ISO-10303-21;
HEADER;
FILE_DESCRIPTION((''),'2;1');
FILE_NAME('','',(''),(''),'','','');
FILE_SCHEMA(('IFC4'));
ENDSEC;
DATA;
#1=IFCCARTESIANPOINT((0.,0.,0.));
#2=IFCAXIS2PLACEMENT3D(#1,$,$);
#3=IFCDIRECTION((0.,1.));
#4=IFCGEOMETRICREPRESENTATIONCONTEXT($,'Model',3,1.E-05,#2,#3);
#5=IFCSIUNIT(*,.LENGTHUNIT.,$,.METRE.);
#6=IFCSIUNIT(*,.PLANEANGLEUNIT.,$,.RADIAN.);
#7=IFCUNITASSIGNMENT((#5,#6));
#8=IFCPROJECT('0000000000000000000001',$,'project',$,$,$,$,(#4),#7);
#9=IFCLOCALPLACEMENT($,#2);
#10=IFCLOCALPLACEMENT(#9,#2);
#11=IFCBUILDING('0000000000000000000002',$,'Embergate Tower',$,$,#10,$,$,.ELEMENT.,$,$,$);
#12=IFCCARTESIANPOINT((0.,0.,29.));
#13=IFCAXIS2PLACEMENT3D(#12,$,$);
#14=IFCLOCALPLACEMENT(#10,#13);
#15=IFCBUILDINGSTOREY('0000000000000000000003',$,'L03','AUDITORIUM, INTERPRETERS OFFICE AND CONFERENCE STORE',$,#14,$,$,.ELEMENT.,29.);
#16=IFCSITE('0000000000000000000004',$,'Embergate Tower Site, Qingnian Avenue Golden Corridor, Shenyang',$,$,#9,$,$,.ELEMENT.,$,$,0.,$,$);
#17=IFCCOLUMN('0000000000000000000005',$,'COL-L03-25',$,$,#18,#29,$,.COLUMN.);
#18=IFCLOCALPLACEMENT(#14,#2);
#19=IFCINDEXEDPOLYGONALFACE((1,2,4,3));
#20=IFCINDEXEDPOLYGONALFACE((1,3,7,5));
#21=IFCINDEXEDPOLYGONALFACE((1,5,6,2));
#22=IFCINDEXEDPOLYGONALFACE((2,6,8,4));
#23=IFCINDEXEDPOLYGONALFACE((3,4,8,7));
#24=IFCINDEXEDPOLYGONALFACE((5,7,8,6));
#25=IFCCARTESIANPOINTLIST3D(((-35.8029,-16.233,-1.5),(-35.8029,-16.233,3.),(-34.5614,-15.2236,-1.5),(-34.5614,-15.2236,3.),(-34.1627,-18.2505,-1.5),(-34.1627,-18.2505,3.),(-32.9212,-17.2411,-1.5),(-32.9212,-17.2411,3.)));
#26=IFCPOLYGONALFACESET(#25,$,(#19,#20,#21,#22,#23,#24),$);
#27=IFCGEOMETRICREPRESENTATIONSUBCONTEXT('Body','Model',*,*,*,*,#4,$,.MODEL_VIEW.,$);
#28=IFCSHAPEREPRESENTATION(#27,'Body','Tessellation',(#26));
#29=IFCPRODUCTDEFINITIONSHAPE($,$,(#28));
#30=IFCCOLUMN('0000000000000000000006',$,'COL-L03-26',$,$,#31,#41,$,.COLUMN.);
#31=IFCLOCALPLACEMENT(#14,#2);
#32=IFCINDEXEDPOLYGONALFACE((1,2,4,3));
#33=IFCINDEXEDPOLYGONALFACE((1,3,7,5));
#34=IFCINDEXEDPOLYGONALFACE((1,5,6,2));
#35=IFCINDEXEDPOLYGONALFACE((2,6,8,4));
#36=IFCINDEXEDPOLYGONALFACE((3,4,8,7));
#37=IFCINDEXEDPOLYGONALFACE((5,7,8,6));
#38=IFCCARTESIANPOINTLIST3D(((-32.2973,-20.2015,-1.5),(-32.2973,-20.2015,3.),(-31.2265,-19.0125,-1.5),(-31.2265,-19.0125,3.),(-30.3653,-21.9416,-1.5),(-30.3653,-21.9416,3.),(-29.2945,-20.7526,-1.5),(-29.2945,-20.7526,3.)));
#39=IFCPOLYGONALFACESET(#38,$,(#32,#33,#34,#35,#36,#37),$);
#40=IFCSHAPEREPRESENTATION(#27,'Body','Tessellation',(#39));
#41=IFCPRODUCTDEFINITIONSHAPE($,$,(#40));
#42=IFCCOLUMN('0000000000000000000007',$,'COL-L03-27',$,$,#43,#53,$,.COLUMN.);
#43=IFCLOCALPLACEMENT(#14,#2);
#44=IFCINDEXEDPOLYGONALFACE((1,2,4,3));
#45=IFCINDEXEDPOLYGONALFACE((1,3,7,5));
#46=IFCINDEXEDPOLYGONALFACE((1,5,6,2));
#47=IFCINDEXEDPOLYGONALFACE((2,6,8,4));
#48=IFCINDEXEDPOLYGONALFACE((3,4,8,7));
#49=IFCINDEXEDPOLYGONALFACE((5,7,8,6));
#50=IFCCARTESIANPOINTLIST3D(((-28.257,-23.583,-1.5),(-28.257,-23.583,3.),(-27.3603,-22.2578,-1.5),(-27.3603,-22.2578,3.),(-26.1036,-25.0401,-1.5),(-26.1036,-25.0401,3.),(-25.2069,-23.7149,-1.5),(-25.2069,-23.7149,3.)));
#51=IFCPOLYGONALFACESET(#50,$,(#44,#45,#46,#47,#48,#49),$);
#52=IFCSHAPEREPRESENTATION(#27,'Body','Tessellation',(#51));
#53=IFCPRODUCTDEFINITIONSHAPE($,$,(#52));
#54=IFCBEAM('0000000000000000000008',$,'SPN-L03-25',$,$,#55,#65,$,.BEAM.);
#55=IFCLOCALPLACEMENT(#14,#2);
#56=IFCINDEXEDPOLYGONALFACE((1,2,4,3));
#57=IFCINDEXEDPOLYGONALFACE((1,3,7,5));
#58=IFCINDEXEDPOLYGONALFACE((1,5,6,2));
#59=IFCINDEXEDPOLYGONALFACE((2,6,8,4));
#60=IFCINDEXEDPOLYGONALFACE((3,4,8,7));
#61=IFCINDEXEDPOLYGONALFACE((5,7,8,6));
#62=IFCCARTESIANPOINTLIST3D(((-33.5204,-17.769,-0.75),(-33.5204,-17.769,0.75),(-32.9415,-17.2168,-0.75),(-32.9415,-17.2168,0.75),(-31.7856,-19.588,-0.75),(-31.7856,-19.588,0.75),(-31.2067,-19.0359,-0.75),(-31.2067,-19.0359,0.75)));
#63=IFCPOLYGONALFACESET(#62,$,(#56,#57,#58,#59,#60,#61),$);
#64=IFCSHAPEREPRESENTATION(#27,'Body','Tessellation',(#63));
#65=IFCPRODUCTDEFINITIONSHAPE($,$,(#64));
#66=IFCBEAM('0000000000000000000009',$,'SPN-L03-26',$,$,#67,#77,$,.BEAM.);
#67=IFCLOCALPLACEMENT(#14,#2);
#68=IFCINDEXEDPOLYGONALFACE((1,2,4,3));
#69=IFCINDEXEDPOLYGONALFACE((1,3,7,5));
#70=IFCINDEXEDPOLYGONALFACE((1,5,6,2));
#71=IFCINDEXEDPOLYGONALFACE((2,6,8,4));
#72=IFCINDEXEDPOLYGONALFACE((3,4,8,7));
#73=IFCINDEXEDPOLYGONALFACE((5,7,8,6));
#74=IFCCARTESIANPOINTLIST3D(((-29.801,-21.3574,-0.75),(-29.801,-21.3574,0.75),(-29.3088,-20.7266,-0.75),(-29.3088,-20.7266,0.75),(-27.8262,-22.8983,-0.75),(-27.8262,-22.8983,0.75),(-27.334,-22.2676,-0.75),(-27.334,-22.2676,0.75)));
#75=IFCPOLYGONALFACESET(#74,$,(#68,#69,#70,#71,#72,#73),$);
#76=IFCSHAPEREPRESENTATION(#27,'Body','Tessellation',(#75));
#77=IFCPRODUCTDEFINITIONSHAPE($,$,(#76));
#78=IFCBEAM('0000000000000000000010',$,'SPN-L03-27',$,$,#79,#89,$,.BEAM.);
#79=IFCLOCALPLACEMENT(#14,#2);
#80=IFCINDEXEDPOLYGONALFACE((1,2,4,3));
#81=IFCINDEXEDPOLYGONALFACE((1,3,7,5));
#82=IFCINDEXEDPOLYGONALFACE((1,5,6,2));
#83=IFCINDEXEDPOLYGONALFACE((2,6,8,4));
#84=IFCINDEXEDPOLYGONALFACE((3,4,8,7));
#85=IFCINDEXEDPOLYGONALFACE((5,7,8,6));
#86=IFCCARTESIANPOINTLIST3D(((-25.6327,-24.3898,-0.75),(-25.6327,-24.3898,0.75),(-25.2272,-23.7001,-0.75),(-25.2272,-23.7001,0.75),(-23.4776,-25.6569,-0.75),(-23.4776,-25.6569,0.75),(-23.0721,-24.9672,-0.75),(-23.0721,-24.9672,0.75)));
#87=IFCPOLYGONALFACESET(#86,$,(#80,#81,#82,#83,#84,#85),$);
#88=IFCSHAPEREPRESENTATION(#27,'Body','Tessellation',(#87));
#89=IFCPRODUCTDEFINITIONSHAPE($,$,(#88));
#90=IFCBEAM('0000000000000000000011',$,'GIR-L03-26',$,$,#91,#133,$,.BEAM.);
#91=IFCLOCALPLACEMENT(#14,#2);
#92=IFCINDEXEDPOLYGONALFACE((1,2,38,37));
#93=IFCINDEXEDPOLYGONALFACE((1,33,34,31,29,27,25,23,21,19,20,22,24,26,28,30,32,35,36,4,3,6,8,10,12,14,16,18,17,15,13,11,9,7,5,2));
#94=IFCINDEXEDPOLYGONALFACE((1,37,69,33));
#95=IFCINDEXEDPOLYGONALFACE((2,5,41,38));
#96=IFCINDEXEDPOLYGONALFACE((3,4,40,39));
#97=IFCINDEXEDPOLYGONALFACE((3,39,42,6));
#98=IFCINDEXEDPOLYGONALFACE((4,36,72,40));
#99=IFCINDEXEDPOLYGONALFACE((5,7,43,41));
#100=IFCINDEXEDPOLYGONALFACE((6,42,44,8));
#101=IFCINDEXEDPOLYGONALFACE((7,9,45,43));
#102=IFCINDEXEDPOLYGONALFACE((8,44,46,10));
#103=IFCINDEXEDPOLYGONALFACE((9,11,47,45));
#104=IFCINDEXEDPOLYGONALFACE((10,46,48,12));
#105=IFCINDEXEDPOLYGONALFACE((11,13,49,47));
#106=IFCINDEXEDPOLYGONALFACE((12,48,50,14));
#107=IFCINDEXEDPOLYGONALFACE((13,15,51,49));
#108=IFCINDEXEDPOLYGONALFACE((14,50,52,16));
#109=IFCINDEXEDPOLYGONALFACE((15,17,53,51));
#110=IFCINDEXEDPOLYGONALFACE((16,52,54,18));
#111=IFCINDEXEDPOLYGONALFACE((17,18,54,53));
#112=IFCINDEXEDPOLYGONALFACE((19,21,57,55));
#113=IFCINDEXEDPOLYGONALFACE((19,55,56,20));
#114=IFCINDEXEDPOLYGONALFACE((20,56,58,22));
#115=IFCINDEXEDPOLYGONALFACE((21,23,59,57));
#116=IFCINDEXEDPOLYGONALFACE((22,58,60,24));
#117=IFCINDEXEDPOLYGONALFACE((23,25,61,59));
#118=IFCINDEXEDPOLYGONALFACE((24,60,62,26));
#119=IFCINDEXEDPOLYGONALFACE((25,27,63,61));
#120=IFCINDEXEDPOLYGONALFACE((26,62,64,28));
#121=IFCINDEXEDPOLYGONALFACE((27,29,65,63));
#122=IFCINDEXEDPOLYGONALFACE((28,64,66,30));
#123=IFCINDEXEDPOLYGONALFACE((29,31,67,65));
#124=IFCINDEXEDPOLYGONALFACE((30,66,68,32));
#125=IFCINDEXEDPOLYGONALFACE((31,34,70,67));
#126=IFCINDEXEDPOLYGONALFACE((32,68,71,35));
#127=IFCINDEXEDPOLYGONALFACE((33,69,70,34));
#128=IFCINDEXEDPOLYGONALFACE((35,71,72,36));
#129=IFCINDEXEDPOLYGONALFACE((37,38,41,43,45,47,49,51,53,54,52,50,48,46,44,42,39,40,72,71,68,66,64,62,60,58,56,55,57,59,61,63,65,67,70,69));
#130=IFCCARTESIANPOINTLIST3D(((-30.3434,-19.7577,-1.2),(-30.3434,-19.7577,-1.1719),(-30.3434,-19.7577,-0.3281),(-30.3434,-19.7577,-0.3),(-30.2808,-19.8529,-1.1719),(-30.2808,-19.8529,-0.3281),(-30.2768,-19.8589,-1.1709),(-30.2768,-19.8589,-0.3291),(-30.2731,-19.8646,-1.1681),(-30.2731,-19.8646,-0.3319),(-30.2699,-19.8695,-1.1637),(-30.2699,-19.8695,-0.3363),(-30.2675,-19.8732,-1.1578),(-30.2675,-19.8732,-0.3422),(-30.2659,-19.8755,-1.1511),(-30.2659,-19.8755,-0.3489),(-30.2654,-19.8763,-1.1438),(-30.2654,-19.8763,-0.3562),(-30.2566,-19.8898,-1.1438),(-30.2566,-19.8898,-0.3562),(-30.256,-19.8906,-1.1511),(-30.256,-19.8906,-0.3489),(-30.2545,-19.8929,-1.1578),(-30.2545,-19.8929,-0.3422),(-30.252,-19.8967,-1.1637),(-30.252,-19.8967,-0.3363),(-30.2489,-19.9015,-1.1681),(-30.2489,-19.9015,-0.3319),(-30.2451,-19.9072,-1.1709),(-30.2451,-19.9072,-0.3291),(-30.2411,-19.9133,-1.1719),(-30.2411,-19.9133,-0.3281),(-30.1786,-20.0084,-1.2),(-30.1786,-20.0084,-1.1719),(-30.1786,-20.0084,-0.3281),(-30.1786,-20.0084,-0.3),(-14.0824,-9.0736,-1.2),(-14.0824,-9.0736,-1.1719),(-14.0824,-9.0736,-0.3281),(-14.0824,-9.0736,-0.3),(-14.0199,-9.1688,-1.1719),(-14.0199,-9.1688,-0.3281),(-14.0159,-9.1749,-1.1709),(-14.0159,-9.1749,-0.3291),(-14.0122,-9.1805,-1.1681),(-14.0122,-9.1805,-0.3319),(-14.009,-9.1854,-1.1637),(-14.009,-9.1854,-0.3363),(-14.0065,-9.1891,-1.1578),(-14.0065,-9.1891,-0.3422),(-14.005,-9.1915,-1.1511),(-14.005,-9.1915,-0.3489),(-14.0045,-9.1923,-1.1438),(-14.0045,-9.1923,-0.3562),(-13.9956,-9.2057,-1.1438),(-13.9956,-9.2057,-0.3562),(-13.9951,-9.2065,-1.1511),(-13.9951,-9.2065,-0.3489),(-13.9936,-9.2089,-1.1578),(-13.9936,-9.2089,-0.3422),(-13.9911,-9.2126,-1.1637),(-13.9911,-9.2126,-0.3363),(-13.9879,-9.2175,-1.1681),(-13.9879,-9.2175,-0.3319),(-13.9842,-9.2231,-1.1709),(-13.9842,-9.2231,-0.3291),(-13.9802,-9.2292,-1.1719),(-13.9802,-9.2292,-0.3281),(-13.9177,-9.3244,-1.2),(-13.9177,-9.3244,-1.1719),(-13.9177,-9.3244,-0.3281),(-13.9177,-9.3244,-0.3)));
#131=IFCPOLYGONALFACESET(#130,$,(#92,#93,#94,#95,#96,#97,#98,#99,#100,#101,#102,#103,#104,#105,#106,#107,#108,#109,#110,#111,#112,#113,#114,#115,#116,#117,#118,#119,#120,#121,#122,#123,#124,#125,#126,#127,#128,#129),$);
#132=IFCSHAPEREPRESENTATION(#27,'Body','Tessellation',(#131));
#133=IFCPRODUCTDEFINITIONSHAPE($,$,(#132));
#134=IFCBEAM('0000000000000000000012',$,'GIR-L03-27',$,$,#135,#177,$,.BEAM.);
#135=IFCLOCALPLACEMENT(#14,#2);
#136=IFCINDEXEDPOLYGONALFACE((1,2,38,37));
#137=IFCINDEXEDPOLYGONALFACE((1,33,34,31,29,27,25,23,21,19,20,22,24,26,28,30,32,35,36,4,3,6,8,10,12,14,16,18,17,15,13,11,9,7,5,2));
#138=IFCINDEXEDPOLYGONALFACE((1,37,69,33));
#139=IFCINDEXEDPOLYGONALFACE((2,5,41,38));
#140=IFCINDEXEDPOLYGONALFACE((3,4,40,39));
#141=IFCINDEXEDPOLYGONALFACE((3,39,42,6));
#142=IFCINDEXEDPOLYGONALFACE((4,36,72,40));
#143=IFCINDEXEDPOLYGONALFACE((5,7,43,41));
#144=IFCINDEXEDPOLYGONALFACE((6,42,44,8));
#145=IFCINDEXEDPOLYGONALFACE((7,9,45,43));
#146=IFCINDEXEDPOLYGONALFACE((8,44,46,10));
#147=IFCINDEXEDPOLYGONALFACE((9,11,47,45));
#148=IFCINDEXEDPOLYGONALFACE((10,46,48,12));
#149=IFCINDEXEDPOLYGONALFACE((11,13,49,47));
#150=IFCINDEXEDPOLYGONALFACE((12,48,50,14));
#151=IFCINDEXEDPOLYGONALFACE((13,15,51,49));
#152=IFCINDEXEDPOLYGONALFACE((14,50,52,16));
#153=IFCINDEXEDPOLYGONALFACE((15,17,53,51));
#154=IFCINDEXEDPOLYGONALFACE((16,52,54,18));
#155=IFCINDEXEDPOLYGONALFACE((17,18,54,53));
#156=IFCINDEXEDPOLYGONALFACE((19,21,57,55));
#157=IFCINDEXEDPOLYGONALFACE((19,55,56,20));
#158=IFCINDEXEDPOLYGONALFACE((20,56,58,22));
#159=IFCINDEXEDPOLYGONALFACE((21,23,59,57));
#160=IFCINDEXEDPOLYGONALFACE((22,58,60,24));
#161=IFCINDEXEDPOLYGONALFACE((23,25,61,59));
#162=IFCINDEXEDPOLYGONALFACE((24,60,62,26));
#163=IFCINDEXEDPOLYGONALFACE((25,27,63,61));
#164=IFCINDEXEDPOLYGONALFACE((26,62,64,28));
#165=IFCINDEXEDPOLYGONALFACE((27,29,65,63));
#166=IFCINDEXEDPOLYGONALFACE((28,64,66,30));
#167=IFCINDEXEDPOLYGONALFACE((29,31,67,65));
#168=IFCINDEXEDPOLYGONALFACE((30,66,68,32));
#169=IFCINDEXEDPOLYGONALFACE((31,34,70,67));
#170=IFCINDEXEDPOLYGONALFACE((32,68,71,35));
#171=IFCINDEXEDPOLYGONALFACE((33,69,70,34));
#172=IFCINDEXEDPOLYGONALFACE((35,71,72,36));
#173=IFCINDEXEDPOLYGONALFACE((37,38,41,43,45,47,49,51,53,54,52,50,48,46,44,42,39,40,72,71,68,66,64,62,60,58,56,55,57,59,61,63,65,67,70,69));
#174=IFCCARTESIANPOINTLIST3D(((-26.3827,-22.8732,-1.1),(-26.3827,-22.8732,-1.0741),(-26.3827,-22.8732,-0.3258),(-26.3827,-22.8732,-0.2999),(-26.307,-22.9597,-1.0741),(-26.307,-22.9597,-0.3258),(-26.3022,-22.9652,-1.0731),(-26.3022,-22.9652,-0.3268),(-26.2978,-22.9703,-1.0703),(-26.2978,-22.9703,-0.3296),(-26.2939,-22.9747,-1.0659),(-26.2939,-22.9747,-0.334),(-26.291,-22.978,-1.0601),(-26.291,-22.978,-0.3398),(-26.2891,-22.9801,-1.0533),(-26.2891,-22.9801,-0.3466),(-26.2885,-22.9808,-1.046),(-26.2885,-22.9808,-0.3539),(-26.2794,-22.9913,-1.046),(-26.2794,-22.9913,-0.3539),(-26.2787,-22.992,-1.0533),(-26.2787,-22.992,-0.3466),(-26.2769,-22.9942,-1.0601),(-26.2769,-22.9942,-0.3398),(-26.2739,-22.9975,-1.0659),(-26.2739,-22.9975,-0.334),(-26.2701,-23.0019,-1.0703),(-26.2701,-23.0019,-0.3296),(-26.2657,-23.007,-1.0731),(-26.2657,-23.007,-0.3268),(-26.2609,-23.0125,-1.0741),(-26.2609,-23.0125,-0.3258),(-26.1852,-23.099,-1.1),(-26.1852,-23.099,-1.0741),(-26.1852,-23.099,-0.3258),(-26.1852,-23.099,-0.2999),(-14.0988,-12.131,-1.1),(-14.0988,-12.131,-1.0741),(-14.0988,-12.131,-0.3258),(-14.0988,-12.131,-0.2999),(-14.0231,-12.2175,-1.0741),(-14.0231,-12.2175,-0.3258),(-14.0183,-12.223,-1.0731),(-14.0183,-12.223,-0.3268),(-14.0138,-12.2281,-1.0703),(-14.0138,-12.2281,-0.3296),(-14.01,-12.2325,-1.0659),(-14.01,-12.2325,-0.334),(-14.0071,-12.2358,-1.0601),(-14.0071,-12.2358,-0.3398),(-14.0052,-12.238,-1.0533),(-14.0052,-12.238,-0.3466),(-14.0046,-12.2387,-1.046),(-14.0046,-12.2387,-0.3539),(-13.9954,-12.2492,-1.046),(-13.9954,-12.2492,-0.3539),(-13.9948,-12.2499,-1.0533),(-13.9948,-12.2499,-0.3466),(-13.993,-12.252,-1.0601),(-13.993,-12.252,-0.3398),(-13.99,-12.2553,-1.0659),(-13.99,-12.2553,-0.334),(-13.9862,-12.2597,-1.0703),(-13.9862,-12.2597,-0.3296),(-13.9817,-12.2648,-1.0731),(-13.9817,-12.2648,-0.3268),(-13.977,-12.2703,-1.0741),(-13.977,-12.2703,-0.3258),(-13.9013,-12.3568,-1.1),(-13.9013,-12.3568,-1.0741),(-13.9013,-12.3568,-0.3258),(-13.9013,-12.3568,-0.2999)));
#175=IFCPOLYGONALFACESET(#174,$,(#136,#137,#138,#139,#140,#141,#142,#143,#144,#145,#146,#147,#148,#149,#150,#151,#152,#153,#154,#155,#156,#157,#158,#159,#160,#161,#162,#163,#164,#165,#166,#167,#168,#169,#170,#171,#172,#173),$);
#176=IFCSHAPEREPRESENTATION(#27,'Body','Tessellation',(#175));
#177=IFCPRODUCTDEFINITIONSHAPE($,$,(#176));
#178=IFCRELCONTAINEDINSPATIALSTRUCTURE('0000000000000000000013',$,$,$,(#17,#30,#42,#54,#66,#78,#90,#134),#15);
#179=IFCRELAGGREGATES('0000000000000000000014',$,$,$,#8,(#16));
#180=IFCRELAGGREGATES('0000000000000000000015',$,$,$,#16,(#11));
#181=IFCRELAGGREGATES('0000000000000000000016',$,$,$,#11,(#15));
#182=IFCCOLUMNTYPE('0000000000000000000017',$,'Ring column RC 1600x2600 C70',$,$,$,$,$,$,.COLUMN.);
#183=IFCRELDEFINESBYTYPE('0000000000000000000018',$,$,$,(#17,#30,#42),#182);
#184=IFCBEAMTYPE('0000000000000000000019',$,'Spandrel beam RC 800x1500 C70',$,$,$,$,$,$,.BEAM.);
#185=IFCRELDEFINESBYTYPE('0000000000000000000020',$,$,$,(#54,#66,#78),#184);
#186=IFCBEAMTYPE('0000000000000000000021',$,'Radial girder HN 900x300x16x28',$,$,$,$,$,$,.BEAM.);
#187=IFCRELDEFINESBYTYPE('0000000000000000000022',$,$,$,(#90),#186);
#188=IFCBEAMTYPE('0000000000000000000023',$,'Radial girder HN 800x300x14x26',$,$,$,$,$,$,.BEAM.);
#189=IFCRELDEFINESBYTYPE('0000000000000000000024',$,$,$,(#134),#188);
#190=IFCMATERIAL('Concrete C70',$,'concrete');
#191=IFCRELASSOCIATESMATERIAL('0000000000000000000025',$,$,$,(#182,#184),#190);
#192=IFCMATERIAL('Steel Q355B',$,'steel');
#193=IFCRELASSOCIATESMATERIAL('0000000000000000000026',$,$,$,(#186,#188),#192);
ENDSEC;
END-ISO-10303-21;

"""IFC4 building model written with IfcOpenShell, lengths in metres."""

from ifc_helpers import new_model, si_unit, direction, frame, origin, origin_2d, place, context, subcontext, project, spatial, rectangle, i_section, extrude, source, transform, mapped, material, material_profile, profile_set, type_object, element, save


model = new_model("IFC4")

# Units and contexts
model_context = context("Model", 3, precision=1e-05, world=origin(), true_north=direction((0.0, 1.0)))
body_context = subcontext(model_context, "Body", "Model", "MODEL_VIEW")
ifc_project = project(units=[si_unit("LENGTHUNIT", "METRE"), si_unit("PLANEANGLEUNIT", "RADIAN")], contexts=[model_context])

# Site, building, storey
site_placement = place(None, origin())
site = spatial("IfcSite", under=ifc_project, at=site_placement, Name="Embergate Tower Site, Qingnian Avenue Golden Corridor, Shenyang", CompositionType="ELEMENT", RefElevation=0.0)
building_placement = place(site_placement, origin())
building = spatial("IfcBuilding", under=site, at=building_placement, Name="Embergate Tower", CompositionType="ELEMENT")
storey_placement = place(building_placement, frame((0.0, 0.0, 29.0)))
storey = spatial("IfcBuildingStorey", under=building, at=storey_placement, Name="L03", Description="AUDITORIUM, INTERPRETERS OFFICE AND CONFERENCE STORE", CompositionType="ELEMENT", Elevation=29.0)

# Columns
ifc_material_1 = material(Name="Concrete C70", Category="concrete")
ifc_material_profile_1 = material_profile(ifc_material_1, rectangle(XDim=1.6001, YDim=2.6001, at=origin_2d()), Name="RC 1600x2600")
ifc_profile_set_1 = profile_set([ifc_material_profile_1], Name="Concrete C70")
column_type = type_object("IfcColumnType", Name="Ring column RC 1600x2600 C70", PredefinedType="COLUMN", material=ifc_profile_set_1)
shared_shape_1 = source(origin(), body_context, "Body", "SweptSolid", [
    extrude(rectangle(XDim=1.6001, YDim=2.6001, at=origin_2d()), origin(), (0.0, 0.0, 1.0), 4.5),
])
for number, where, z_axis, x_axis, name in (
    (1, (-34.3621, -16.7371, -1.5), (0.0, 0.0, 1.0), (-0.775925, -0.630825, 0.0), "COL-L03-25"),
    (2, (-30.7959, -20.4771, -1.5), (0.0, 0.0, 1.0), (-0.669221, -0.743063, 0.0), "COL-L03-26"),
    (3, (-26.7319, -23.6489, -1.5), (0.0, 0.0, 1.0), (-0.560408, -0.828217, 0.0), "COL-L03-27"),
):
    element("IfcColumn", number, at=place(storey_placement, frame(where, z_axis=z_axis, x_axis=x_axis)), inside=storey, type_object=column_type, Name=name, PredefinedType="COLUMN", context=body_context, shape_type="MappedRepresentation", body=[
        mapped(shared_shape_1, transform((0.0, 0.0, 0.0))),
    ])

# Beams
ifc_material_profile_2 = material_profile(ifc_material_1, rectangle(XDim=0.8, YDim=1.5, at=origin_2d()), Name="RC 800x1500")
ifc_profile_set_2 = profile_set([ifc_material_profile_2], Name="Concrete C70")
beam_type_1 = type_object("IfcBeamType", Name="Spandrel beam RC 800x1500 C70", PredefinedType="BEAM", material=ifc_profile_set_2)
shared_shape_2 = source(origin(), body_context, "Body", "SweptSolid", [
    extrude(rectangle(XDim=0.8, YDim=1.5, at=origin_2d()), origin(), (0.0, 0.0, 1.0), 2.5137),
])
beam_1_placement = place(storey_placement, frame((-33.231, -17.4929, 0.0), z_axis=(0.690155, -0.723662, 0.0), x_axis=(0.723662, 0.690155, 0.0)))
element("IfcBeam", 4, at=beam_1_placement, inside=storey, type_object=beam_type_1, Name="SPN-L03-25", PredefinedType="BEAM", context=body_context, shape_type="MappedRepresentation", body=[
    mapped(shared_shape_2, transform((0.0, 0.0, 0.0))),
])
shared_shape_3 = source(origin(), body_context, "Body", "SweptSolid", [
    extrude(rectangle(XDim=0.8, YDim=1.5, at=origin_2d()), origin(), (0.0, 0.0, 1.0), 2.5049),
])
beam_2_placement = place(storey_placement, frame((-29.5549, -21.042, 0.0), z_axis=(0.78838, -0.615188, 0.0), x_axis=(0.615188, 0.78838, 0.0)))
element("IfcBeam", 5, at=beam_2_placement, inside=storey, type_object=beam_type_1, Name="SPN-L03-26", PredefinedType="BEAM", context=body_context, shape_type="MappedRepresentation", body=[
    mapped(shared_shape_3, transform((0.0, 0.0, 0.0))),
])
shared_shape_4 = source(origin(), body_context, "Body", "SweptSolid", [
    extrude(rectangle(XDim=0.8, YDim=1.5, at=origin_2d()), origin(), (0.0, 0.0, 1.0), 2.5),
])
beam_3_placement = place(storey_placement, frame((-25.4299, -24.0449, 0.0), z_axis=(0.862035, -0.506849, 0.0), x_axis=(0.506849, 0.862035, 0.0)))
element("IfcBeam", 6, at=beam_3_placement, inside=storey, type_object=beam_type_1, Name="SPN-L03-27", PredefinedType="BEAM", context=body_context, shape_type="MappedRepresentation", body=[
    mapped(shared_shape_4, transform((0.0, 0.0, 0.0))),
])
ifc_material_2 = material(Name="Steel Q355B", Category="steel")
ifc_material_profile_3 = material_profile(ifc_material_2, i_section(OverallWidth=0.3, OverallDepth=0.8999, WebThickness=0.0161, FlangeThickness=0.0281, FilletRadius=0.0281, at=origin_2d()), Name="HN 900x300x16x28")
ifc_profile_set_3 = profile_set([ifc_material_profile_3], Name="Steel Q355 grade B")
beam_type_2 = type_object("IfcBeamType", Name="Radial girder HN 900x300x16x28", PredefinedType="BEAM", material=ifc_profile_set_3)
shared_shape_5 = source(origin(), body_context, "Body", "SweptSolid", [
    extrude(i_section(OverallWidth=0.3, OverallDepth=0.8999, WebThickness=0.0161, FlangeThickness=0.0281, FilletRadius=0.0281, at=origin_2d()), origin(), (0.0, 0.0, 1.0), 19.4568),
])
beam_4_placement = place(storey_placement, frame((-30.261, -19.8831, -0.75), z_axis=(0.835746, 0.549117, 0.0), x_axis=(-0.549117, 0.835746, 0.0)))
element("IfcBeam", 7, at=beam_4_placement, inside=storey, type_object=beam_type_2, Name="GIR-L03-26", PredefinedType="BEAM", context=body_context, shape_type="MappedRepresentation", body=[
    mapped(shared_shape_5, transform((0.0, 0.0, 0.0))),
])
ifc_material_profile_4 = material_profile(ifc_material_2, i_section(OverallWidth=0.3, OverallDepth=0.8, WebThickness=0.0139, FlangeThickness=0.0259, FilletRadius=0.0281, at=origin_2d()), Name="HN 800x300x14x26")
ifc_profile_set_4 = profile_set([ifc_material_profile_4], Name="Steel Q355 grade B")
beam_type_3 = type_object("IfcBeamType", Name="Radial girder HN 800x300x14x26", PredefinedType="BEAM", material=ifc_profile_set_4)
shared_shape_6 = source(origin(), body_context, "Body", "SweptSolid", [
    extrude(i_section(OverallWidth=0.3, OverallDepth=0.8, WebThickness=0.0139, FlangeThickness=0.0259, FilletRadius=0.0281, at=origin_2d()), origin(), (0.0, 0.0, 1.0), 16.3184),
])
beam_5_placement = place(storey_placement, frame((-26.2839, -22.9861, -0.7), z_axis=(0.752767, 0.658287, 0.0), x_axis=(-0.658287, 0.752767, 0.0)))
element("IfcBeam", 8, at=beam_5_placement, inside=storey, type_object=beam_type_3, Name="GIR-L03-27", PredefinedType="BEAM", context=body_context, shape_type="MappedRepresentation", body=[
    mapped(shared_shape_6, transform((0.0, 0.0, 0.0))),
])

save(model, "model.ifc")
